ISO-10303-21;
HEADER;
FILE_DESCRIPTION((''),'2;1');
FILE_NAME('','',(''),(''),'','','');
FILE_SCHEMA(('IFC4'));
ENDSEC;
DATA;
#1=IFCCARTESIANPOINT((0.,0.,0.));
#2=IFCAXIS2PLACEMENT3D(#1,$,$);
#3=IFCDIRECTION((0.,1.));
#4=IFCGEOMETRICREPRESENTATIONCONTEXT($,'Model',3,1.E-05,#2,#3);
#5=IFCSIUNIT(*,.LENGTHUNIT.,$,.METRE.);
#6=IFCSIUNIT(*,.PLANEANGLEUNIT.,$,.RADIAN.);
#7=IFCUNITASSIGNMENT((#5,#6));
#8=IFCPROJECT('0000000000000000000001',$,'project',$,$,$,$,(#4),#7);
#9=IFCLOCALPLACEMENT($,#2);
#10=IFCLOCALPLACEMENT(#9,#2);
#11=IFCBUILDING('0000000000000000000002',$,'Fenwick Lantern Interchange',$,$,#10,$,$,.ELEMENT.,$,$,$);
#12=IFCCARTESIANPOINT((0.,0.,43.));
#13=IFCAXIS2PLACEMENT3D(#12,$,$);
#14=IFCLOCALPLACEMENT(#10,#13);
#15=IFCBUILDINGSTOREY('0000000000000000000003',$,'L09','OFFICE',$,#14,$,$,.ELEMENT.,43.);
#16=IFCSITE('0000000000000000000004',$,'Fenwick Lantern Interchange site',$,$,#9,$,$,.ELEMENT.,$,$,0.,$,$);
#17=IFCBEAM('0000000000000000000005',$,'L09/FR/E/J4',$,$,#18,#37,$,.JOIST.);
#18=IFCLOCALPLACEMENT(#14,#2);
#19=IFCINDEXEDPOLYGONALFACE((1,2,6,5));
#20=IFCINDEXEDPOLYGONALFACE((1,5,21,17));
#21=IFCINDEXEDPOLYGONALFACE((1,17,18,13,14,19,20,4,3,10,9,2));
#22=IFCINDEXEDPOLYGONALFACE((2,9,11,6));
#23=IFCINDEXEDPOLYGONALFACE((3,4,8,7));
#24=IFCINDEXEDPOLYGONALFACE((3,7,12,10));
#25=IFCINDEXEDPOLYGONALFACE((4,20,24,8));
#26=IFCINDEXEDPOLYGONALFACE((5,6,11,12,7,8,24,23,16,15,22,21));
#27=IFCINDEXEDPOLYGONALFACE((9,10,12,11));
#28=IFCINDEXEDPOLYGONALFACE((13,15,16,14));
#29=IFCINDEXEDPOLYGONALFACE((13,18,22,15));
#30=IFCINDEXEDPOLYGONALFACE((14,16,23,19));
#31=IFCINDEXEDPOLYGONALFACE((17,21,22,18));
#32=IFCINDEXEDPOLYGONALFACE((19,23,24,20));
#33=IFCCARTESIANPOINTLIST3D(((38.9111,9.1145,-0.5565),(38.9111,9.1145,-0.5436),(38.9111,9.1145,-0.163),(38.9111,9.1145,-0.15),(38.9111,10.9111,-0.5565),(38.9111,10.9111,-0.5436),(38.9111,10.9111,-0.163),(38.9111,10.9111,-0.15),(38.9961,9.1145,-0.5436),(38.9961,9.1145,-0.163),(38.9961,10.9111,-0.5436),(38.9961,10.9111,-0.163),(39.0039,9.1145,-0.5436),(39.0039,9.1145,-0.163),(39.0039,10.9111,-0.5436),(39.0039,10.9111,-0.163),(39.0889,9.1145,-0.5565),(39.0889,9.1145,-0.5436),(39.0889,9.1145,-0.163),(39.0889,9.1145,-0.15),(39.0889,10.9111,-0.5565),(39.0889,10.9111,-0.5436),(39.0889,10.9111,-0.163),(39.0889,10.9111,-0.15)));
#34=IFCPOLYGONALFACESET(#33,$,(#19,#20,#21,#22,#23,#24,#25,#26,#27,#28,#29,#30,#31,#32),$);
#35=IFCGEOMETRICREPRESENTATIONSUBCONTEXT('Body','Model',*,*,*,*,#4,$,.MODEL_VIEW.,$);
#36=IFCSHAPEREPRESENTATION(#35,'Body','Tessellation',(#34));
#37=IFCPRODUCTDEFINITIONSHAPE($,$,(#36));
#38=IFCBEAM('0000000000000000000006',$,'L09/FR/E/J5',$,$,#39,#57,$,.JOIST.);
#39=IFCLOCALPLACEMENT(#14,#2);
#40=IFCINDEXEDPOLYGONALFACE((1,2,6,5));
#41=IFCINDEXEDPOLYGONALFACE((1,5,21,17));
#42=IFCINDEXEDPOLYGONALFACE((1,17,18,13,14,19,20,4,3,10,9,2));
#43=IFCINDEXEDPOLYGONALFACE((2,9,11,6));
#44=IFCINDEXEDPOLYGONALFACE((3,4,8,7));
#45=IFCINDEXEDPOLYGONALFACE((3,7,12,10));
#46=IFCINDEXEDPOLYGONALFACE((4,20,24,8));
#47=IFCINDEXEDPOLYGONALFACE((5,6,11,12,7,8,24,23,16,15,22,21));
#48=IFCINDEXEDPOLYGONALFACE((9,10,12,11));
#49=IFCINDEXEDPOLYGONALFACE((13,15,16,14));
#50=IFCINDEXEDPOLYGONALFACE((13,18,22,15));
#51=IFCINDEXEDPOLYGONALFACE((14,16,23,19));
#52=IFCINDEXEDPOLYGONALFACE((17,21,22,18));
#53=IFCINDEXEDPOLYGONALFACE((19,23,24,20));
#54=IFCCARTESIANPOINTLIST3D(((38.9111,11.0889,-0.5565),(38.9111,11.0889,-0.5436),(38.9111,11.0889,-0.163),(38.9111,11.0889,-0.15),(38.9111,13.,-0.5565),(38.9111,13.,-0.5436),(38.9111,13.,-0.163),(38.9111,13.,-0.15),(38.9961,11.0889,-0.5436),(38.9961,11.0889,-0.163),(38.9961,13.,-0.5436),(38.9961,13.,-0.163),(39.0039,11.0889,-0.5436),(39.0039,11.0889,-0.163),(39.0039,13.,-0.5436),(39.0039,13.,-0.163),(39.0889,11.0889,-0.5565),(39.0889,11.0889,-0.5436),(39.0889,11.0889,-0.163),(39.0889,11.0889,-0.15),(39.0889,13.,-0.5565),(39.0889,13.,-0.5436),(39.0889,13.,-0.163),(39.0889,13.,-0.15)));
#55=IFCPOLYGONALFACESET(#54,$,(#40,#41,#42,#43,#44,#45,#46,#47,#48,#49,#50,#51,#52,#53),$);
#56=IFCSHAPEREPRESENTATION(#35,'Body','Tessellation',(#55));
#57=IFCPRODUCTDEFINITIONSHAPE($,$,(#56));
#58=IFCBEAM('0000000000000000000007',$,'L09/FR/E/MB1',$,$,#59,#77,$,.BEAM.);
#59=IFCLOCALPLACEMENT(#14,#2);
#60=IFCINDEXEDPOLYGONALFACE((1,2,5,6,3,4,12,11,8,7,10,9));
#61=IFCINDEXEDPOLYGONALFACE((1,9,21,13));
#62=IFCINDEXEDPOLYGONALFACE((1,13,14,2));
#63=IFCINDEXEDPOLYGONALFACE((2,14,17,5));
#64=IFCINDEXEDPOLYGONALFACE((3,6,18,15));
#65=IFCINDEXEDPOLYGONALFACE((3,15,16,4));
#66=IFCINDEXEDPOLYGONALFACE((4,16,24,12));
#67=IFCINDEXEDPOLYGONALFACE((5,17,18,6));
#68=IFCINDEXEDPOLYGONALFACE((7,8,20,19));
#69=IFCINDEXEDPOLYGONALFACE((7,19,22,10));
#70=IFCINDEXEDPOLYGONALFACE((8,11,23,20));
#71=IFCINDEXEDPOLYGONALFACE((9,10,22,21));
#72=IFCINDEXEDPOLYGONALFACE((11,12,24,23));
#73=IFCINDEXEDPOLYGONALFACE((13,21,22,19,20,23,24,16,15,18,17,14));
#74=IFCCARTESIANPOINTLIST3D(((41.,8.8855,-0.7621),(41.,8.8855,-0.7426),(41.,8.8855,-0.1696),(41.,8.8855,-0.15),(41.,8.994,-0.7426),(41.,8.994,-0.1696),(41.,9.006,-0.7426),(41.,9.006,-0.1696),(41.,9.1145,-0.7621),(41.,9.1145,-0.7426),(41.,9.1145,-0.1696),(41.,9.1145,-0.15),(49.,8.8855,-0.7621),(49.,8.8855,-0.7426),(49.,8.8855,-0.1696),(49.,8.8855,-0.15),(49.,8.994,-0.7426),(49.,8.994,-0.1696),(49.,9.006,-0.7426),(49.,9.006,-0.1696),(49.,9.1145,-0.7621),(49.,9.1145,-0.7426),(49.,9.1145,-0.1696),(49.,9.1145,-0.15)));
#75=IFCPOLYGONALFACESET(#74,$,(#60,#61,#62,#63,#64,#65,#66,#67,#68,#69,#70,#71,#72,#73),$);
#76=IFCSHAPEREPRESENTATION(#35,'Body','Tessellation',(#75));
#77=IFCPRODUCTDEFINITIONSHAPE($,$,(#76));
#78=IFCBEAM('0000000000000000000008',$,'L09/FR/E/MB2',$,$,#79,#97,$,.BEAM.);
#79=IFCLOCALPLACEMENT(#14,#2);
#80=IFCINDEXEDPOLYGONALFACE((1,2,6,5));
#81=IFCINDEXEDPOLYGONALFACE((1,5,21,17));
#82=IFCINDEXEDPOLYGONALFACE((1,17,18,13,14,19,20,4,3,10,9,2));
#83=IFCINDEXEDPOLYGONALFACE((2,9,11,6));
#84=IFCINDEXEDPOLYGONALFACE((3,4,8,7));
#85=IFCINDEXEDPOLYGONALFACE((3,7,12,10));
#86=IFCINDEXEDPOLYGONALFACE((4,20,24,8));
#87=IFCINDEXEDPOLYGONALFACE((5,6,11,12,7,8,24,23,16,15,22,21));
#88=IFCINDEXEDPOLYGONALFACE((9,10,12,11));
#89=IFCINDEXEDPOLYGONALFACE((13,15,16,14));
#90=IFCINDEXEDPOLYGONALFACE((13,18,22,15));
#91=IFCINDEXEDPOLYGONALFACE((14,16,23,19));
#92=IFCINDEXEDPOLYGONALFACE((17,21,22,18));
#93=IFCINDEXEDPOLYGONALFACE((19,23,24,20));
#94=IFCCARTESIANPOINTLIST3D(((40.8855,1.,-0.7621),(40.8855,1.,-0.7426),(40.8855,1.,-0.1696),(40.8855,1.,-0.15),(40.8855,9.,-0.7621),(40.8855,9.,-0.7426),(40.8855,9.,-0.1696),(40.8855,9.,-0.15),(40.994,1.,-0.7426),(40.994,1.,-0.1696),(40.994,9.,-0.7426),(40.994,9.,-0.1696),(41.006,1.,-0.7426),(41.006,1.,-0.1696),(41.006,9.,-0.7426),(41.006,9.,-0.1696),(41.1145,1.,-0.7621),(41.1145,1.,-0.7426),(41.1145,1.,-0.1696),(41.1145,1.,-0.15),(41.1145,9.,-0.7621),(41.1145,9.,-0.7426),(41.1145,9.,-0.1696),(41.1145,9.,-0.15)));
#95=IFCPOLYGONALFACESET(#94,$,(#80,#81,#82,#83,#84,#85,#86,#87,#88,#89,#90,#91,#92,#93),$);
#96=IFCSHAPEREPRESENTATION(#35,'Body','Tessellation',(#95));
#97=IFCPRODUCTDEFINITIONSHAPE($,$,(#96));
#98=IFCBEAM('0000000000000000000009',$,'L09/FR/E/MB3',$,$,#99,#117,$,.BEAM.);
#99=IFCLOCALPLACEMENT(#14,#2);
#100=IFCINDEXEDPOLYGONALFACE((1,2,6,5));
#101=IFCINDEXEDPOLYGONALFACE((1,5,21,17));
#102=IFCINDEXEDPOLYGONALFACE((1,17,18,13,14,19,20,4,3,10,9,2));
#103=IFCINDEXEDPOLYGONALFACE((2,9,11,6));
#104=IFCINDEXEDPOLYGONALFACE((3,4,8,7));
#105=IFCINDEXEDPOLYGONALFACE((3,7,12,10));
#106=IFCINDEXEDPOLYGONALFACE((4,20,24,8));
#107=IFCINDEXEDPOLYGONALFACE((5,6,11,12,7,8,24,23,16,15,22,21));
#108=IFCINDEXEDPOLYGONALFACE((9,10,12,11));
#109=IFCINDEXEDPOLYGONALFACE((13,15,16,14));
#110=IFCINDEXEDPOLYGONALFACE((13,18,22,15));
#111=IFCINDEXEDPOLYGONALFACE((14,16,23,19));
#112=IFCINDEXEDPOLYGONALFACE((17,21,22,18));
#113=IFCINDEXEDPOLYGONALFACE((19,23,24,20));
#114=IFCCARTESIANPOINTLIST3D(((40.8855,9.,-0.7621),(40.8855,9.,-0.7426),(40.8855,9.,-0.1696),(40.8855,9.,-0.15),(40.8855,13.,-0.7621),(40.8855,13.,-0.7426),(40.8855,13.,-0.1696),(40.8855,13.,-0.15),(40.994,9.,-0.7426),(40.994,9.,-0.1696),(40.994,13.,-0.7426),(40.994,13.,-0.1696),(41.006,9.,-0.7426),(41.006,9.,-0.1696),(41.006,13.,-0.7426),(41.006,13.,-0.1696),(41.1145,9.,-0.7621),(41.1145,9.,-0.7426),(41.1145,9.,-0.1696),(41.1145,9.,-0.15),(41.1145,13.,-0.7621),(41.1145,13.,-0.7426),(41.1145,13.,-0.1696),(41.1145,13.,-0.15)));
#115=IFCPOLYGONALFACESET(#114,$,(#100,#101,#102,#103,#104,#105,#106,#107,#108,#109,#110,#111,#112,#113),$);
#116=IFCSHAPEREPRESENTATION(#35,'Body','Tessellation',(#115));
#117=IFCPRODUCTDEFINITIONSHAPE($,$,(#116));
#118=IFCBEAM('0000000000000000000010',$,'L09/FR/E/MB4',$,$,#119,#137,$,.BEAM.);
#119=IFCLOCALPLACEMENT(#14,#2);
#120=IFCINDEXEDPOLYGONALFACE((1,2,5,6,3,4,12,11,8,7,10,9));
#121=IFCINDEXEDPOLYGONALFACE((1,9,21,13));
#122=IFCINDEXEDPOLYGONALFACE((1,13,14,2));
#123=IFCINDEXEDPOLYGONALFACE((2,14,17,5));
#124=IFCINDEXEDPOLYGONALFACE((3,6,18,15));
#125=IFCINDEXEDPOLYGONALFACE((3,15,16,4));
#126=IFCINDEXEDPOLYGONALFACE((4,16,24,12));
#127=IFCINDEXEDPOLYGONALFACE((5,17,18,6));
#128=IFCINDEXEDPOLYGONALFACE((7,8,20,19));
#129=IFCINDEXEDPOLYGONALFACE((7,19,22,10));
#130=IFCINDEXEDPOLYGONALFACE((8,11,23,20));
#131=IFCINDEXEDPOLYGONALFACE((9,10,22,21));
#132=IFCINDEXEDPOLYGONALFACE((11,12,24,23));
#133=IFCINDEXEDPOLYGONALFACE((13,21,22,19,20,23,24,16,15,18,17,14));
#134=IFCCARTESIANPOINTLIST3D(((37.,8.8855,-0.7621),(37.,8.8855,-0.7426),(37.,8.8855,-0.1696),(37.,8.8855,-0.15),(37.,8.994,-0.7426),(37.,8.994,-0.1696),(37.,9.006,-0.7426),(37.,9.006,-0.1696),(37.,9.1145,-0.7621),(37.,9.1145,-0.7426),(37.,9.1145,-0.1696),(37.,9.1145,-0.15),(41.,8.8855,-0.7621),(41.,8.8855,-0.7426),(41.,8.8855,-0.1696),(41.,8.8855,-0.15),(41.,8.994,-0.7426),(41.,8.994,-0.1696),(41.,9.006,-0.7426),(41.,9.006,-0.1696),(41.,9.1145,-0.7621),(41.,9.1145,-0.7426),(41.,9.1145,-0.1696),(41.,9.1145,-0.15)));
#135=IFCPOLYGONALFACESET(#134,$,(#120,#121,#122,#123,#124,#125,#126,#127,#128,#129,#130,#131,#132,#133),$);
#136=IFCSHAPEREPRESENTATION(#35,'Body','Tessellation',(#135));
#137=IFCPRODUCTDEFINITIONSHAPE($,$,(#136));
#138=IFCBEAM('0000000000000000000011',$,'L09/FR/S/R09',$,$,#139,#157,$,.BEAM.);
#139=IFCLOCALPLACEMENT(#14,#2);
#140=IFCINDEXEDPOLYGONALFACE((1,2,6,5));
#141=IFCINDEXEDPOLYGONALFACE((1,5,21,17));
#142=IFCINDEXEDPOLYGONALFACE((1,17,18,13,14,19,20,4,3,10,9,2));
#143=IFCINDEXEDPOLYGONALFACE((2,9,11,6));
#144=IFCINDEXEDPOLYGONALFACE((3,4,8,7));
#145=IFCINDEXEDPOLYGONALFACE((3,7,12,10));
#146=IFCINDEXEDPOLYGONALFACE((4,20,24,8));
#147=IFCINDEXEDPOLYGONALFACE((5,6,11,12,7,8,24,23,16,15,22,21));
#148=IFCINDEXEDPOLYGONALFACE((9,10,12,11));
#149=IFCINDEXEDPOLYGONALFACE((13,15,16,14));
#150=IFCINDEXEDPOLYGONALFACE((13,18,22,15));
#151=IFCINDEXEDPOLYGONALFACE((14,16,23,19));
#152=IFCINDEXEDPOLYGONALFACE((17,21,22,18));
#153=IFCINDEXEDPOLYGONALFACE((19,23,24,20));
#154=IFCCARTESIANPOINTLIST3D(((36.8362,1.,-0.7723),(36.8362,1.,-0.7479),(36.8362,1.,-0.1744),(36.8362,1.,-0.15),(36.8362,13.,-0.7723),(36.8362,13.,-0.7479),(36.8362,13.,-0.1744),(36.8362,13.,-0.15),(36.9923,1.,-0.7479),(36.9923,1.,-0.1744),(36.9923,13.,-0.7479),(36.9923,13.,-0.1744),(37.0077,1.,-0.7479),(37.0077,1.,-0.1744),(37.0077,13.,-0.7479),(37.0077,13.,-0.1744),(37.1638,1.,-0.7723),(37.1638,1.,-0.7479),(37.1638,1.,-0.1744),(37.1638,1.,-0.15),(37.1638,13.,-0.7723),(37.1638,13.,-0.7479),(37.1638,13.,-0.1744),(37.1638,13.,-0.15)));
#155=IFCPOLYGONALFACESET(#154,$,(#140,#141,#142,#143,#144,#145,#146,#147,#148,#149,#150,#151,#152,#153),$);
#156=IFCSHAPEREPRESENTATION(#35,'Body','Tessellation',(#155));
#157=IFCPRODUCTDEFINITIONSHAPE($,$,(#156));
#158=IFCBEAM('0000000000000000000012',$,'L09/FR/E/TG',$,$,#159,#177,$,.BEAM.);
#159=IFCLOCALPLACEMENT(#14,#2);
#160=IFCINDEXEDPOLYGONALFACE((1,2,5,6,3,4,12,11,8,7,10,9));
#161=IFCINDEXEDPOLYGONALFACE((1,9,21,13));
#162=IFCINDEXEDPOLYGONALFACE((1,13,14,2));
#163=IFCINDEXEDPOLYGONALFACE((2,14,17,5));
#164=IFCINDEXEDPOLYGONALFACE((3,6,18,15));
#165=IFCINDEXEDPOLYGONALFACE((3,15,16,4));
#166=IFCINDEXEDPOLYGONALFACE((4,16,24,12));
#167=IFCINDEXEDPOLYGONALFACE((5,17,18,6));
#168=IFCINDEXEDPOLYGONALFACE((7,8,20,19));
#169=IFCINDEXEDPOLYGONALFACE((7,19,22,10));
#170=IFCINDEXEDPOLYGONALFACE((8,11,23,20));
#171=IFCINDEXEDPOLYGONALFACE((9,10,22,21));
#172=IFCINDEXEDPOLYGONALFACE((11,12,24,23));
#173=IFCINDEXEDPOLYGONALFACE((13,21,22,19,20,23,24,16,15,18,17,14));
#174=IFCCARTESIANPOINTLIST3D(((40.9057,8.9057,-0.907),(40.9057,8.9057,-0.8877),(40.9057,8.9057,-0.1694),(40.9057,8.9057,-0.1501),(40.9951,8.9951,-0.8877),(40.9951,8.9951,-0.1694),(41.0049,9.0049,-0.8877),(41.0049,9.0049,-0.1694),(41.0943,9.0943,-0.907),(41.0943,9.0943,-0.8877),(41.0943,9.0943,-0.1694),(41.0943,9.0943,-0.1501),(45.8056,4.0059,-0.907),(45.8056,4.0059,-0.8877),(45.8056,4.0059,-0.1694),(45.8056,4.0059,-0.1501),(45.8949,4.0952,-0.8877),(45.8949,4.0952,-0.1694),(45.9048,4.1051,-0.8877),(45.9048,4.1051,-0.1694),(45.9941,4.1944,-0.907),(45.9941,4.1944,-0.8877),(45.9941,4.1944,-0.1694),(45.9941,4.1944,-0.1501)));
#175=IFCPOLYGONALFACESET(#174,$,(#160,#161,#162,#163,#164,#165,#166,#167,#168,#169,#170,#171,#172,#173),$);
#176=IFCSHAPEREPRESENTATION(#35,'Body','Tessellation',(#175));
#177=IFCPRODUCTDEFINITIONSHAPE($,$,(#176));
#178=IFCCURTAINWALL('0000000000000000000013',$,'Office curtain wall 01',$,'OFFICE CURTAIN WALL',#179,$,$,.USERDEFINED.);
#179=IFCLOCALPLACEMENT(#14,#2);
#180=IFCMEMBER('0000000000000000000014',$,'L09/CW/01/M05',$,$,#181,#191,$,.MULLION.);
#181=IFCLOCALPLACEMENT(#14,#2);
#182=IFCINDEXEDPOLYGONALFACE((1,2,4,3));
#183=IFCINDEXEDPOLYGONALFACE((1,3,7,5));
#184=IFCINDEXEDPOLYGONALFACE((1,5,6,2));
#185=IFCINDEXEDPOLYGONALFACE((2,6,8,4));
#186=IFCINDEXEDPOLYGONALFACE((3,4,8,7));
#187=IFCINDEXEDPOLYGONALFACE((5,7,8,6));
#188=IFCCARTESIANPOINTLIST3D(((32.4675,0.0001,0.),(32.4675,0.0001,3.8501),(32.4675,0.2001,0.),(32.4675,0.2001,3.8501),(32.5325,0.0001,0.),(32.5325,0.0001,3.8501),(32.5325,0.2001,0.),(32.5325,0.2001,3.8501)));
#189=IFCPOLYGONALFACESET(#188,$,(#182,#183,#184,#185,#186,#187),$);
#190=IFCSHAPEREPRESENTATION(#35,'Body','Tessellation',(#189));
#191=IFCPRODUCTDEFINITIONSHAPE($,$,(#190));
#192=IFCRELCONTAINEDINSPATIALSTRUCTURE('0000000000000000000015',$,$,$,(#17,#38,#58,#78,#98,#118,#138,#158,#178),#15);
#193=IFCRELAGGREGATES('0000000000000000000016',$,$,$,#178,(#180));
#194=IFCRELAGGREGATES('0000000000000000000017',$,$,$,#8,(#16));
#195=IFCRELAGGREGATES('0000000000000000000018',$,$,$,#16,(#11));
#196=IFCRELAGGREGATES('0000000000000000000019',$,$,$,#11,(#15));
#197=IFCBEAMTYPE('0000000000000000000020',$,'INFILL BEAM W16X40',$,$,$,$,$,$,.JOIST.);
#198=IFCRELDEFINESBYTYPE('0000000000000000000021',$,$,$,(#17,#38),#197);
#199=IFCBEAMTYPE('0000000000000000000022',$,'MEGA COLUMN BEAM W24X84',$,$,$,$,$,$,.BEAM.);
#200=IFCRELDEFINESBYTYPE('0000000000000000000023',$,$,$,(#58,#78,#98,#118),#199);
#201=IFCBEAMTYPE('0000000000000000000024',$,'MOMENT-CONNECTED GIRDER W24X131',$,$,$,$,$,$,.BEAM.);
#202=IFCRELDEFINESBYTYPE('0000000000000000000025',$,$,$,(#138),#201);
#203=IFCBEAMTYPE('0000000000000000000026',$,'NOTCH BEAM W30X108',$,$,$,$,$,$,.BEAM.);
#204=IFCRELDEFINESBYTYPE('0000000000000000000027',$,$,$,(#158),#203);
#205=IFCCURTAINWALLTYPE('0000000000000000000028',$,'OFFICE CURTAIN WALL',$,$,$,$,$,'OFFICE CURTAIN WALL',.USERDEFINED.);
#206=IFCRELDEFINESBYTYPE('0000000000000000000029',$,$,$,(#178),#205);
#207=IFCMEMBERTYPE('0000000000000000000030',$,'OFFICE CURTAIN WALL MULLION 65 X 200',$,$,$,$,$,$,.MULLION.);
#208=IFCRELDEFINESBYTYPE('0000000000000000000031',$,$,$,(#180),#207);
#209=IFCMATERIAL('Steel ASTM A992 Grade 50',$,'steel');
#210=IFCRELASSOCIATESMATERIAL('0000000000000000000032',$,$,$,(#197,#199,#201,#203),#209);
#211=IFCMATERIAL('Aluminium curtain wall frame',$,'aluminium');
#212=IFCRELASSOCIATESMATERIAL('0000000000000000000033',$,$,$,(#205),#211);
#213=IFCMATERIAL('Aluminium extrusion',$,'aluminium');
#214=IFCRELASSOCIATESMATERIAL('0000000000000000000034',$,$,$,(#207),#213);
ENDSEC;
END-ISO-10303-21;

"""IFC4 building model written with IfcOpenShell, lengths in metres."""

from ifc_helpers import new_model, si_unit, direction, frame, origin, origin_2d, place, context, subcontext, project, spatial, rectangle, i_section, extrude, material, material_profile, profile_set, type_object, element, aggregate, save


model = new_model("IFC4")

# Units and contexts
model_context = context("Model", 3, precision=1e-05, world=origin(), true_north=direction((0.0, 1.0)))
body_context = subcontext(model_context, "Body", "Model", "MODEL_VIEW")
ifc_project = project(units=[si_unit("LENGTHUNIT", "METRE"), si_unit("PLANEANGLEUNIT", "RADIAN")], contexts=[model_context])

# Site, building, storey
site_placement = place(None, origin())
site = spatial("IfcSite", under=ifc_project, at=site_placement, Name="Fenwick Lantern Interchange site", CompositionType="ELEMENT", RefElevation=0.0)
building_placement = place(site_placement, origin())
building = spatial("IfcBuilding", under=site, at=building_placement, Name="Fenwick Lantern Interchange", CompositionType="ELEMENT")
storey_placement = place(building_placement, frame((0.0, 0.0, 43.0)))
storey = spatial("IfcBuildingStorey", under=building, at=storey_placement, Name="L09", Description="OFFICE", CompositionType="ELEMENT", Elevation=43.0)

# Beams
ifc_material_1 = material(Name="Steel ASTM A992 Grade 50", Category="steel")
ifc_material_profile_1 = material_profile(ifc_material_1, i_section(OverallWidth=0.1777, OverallDepth=0.4065, WebThickness=0.0078, FlangeThickness=0.0129, at=origin_2d()), Name="W16X40")
ifc_profile_set_1 = profile_set([ifc_material_profile_1], Name="Steel ASTM A992 Grade 50")
beam_type_1 = type_object("IfcBeamType", Name="INFILL BEAM W16X40", PredefinedType="JOIST", material=ifc_profile_set_1)
beam_1_placement = place(storey_placement, frame((39.0, 9.1145, -0.3533), z_axis=(0.0, 1.0, 0.0), x_axis=(-1.0, 0.0, 0.0)))
element("IfcBeam", 1, at=beam_1_placement, inside=storey, type_object=beam_type_1, Name="L09/FR/E/J4", PredefinedType="JOIST", context=body_context, shape_type="SweptSolid", body=[
    extrude(i_section(OverallWidth=0.1777, OverallDepth=0.4065, WebThickness=0.0078, FlangeThickness=0.0129, at=origin_2d()), origin(), (0.0, 0.0, 1.0), 1.7966),
])
beam_2_placement = place(storey_placement, frame((39.0, 11.0889, -0.3533), z_axis=(0.0, 1.0, 0.0), x_axis=(-1.0, 0.0, 0.0)))
element("IfcBeam", 2, at=beam_2_placement, inside=storey, type_object=beam_type_1, Name="L09/FR/E/J5", PredefinedType="JOIST", context=body_context, shape_type="SweptSolid", body=[
    extrude(i_section(OverallWidth=0.1777, OverallDepth=0.4065, WebThickness=0.0078, FlangeThickness=0.0129, at=origin_2d()), origin(), (0.0, 0.0, 1.0), 1.9111),
])
ifc_material_profile_2 = material_profile(ifc_material_1, i_section(OverallWidth=0.229, OverallDepth=0.6121, WebThickness=0.012, FlangeThickness=0.0195, at=origin_2d()), Name="W24X84")
ifc_profile_set_2 = profile_set([ifc_material_profile_2], Name="Steel ASTM A992 Grade 50")
beam_type_2 = type_object("IfcBeamType", Name="MEGA COLUMN BEAM W24X84", PredefinedType="BEAM", material=ifc_profile_set_2)
for number, where, z_axis, x_axis, name in (
    (3, (41.0, 9.0, -0.4561), (1.0, 0.0, 0.0), (0.0, 1.0, 0.0), "L09/FR/E/MB1"),
    (4, (41.0, 9.0, -0.4561), (0.0, -1.0, 0.0), (1.0, 0.0, 0.0), "L09/FR/E/MB2"),
):
    element("IfcBeam", number, at=place(storey_placement, frame(where, z_axis=z_axis, x_axis=x_axis)), inside=storey, type_object=beam_type_2, Name=name, PredefinedType="BEAM", context=body_context, shape_type="SweptSolid", body=[
        extrude(i_section(OverallWidth=0.229, OverallDepth=0.6121, WebThickness=0.012, FlangeThickness=0.0195, at=origin_2d()), origin(), (0.0, 0.0, 1.0), 8.0),
    ])
for number, where, z_axis, x_axis, name in (
    (5, (41.0, 9.0, -0.4561), (0.0, 1.0, 0.0), (-1.0, 0.0, 0.0), "L09/FR/E/MB3"),
    (6, (41.0, 9.0, -0.4561), (-1.0, 0.0, 0.0), (0.0, -1.0, 0.0), "L09/FR/E/MB4"),
):
    element("IfcBeam", number, at=place(storey_placement, frame(where, z_axis=z_axis, x_axis=x_axis)), inside=storey, type_object=beam_type_2, Name=name, PredefinedType="BEAM", context=body_context, shape_type="SweptSolid", body=[
        extrude(i_section(OverallWidth=0.229, OverallDepth=0.6121, WebThickness=0.012, FlangeThickness=0.0195, at=origin_2d()), origin(), (0.0, 0.0, 1.0), 4.0),
    ])
ifc_material_profile_3 = material_profile(ifc_material_1, i_section(OverallWidth=0.3276, OverallDepth=0.6223, WebThickness=0.0154, FlangeThickness=0.0244, at=origin_2d()), Name="W24X131")
ifc_profile_set_3 = profile_set([ifc_material_profile_3], Name="Steel ASTM A992 Grade 50")
beam_type_3 = type_object("IfcBeamType", Name="MOMENT-CONNECTED GIRDER W24X131", PredefinedType="BEAM", material=ifc_profile_set_3)
beam_3_placement = place(storey_placement, frame((37.0, 1.0, -0.4612), z_axis=(0.0, 1.0, 0.0), x_axis=(-1.0, 0.0, 0.0)))
element("IfcBeam", 7, at=beam_3_placement, inside=storey, type_object=beam_type_3, Name="L09/FR/S/R09", PredefinedType="BEAM", context=body_context, shape_type="SweptSolid", body=[
    extrude(i_section(OverallWidth=0.3276, OverallDepth=0.6223, WebThickness=0.0154, FlangeThickness=0.0244, at=origin_2d()), origin(), (0.0, 0.0, 1.0), 12.0),
])
ifc_material_profile_4 = material_profile(ifc_material_1, i_section(OverallWidth=0.2666, OverallDepth=0.7568, WebThickness=0.0139, FlangeThickness=0.0193, at=origin_2d()), Name="W30X108")
ifc_profile_set_4 = profile_set([ifc_material_profile_4], Name="Steel ASTM A992 Grade 50")
beam_type_4 = type_object("IfcBeamType", Name="NOTCH BEAM W30X108", PredefinedType="BEAM", material=ifc_profile_set_4)
beam_4_placement = place(storey_placement, frame((41.0, 9.0, -0.5286), z_axis=(0.707107, -0.707107, 0.0), x_axis=(0.707107, 0.707107, 0.0)))
element("IfcBeam", 8, at=beam_4_placement, inside=storey, type_object=beam_type_4, Name="L09/FR/E/TG", PredefinedType="BEAM", context=body_context, shape_type="SweptSolid", body=[
    extrude(i_section(OverallWidth=0.2666, OverallDepth=0.7568, WebThickness=0.0139, FlangeThickness=0.0193, at=origin_2d()), origin(), (0.0, 0.0, 1.0), 6.9294),
])

# Curtain wall, member
ifc_material_2 = material(Name="Aluminium curtain wall frame", Category="aluminium")
curtain_wall_type = type_object("IfcCurtainWallType", Name="OFFICE CURTAIN WALL", ElementType="OFFICE CURTAIN WALL", PredefinedType="USERDEFINED", material=ifc_material_2)
curtain_wall_placement = place(storey_placement, origin())
curtain_wall = element("IfcCurtainWall", 9, at=curtain_wall_placement, inside=storey, type_object=curtain_wall_type, Name="Office curtain wall 01", ObjectType="OFFICE CURTAIN WALL", PredefinedType="USERDEFINED")
ifc_material_3 = material(Name="Aluminium extrusion", Category="aluminium")
ifc_material_profile_5 = material_profile(ifc_material_3, rectangle(XDim=0.2, YDim=0.0649, at=origin_2d()), Name="OFFICE CURTAIN WALL MULLION 65 X 200")
ifc_profile_set_5 = profile_set([ifc_material_profile_5], Name="Aluminium extrusion")
member_type_1 = type_object("IfcMemberType", Name="OFFICE CURTAIN WALL MULLION 65 X 200", PredefinedType="MULLION", material=ifc_profile_set_5)
member_1_placement = place(storey_placement, frame((32.5, 0.1001, 0.0), z_axis=(0.0, 0.0, 1.0), x_axis=(0.0, 1.0, 0.0)))
member_1 = element("IfcMember", 10, at=member_1_placement, type_object=member_type_1, Name="L09/CW/01/M05", PredefinedType="MULLION", context=body_context, shape_type="SweptSolid", body=[
    extrude(rectangle(XDim=0.2, YDim=0.0649, at=origin_2d()), origin(), (0.0, 0.0, 1.0), 3.8501),
])
aggregate(curtain_wall, [member_1])

save(model, "model.ifc")
